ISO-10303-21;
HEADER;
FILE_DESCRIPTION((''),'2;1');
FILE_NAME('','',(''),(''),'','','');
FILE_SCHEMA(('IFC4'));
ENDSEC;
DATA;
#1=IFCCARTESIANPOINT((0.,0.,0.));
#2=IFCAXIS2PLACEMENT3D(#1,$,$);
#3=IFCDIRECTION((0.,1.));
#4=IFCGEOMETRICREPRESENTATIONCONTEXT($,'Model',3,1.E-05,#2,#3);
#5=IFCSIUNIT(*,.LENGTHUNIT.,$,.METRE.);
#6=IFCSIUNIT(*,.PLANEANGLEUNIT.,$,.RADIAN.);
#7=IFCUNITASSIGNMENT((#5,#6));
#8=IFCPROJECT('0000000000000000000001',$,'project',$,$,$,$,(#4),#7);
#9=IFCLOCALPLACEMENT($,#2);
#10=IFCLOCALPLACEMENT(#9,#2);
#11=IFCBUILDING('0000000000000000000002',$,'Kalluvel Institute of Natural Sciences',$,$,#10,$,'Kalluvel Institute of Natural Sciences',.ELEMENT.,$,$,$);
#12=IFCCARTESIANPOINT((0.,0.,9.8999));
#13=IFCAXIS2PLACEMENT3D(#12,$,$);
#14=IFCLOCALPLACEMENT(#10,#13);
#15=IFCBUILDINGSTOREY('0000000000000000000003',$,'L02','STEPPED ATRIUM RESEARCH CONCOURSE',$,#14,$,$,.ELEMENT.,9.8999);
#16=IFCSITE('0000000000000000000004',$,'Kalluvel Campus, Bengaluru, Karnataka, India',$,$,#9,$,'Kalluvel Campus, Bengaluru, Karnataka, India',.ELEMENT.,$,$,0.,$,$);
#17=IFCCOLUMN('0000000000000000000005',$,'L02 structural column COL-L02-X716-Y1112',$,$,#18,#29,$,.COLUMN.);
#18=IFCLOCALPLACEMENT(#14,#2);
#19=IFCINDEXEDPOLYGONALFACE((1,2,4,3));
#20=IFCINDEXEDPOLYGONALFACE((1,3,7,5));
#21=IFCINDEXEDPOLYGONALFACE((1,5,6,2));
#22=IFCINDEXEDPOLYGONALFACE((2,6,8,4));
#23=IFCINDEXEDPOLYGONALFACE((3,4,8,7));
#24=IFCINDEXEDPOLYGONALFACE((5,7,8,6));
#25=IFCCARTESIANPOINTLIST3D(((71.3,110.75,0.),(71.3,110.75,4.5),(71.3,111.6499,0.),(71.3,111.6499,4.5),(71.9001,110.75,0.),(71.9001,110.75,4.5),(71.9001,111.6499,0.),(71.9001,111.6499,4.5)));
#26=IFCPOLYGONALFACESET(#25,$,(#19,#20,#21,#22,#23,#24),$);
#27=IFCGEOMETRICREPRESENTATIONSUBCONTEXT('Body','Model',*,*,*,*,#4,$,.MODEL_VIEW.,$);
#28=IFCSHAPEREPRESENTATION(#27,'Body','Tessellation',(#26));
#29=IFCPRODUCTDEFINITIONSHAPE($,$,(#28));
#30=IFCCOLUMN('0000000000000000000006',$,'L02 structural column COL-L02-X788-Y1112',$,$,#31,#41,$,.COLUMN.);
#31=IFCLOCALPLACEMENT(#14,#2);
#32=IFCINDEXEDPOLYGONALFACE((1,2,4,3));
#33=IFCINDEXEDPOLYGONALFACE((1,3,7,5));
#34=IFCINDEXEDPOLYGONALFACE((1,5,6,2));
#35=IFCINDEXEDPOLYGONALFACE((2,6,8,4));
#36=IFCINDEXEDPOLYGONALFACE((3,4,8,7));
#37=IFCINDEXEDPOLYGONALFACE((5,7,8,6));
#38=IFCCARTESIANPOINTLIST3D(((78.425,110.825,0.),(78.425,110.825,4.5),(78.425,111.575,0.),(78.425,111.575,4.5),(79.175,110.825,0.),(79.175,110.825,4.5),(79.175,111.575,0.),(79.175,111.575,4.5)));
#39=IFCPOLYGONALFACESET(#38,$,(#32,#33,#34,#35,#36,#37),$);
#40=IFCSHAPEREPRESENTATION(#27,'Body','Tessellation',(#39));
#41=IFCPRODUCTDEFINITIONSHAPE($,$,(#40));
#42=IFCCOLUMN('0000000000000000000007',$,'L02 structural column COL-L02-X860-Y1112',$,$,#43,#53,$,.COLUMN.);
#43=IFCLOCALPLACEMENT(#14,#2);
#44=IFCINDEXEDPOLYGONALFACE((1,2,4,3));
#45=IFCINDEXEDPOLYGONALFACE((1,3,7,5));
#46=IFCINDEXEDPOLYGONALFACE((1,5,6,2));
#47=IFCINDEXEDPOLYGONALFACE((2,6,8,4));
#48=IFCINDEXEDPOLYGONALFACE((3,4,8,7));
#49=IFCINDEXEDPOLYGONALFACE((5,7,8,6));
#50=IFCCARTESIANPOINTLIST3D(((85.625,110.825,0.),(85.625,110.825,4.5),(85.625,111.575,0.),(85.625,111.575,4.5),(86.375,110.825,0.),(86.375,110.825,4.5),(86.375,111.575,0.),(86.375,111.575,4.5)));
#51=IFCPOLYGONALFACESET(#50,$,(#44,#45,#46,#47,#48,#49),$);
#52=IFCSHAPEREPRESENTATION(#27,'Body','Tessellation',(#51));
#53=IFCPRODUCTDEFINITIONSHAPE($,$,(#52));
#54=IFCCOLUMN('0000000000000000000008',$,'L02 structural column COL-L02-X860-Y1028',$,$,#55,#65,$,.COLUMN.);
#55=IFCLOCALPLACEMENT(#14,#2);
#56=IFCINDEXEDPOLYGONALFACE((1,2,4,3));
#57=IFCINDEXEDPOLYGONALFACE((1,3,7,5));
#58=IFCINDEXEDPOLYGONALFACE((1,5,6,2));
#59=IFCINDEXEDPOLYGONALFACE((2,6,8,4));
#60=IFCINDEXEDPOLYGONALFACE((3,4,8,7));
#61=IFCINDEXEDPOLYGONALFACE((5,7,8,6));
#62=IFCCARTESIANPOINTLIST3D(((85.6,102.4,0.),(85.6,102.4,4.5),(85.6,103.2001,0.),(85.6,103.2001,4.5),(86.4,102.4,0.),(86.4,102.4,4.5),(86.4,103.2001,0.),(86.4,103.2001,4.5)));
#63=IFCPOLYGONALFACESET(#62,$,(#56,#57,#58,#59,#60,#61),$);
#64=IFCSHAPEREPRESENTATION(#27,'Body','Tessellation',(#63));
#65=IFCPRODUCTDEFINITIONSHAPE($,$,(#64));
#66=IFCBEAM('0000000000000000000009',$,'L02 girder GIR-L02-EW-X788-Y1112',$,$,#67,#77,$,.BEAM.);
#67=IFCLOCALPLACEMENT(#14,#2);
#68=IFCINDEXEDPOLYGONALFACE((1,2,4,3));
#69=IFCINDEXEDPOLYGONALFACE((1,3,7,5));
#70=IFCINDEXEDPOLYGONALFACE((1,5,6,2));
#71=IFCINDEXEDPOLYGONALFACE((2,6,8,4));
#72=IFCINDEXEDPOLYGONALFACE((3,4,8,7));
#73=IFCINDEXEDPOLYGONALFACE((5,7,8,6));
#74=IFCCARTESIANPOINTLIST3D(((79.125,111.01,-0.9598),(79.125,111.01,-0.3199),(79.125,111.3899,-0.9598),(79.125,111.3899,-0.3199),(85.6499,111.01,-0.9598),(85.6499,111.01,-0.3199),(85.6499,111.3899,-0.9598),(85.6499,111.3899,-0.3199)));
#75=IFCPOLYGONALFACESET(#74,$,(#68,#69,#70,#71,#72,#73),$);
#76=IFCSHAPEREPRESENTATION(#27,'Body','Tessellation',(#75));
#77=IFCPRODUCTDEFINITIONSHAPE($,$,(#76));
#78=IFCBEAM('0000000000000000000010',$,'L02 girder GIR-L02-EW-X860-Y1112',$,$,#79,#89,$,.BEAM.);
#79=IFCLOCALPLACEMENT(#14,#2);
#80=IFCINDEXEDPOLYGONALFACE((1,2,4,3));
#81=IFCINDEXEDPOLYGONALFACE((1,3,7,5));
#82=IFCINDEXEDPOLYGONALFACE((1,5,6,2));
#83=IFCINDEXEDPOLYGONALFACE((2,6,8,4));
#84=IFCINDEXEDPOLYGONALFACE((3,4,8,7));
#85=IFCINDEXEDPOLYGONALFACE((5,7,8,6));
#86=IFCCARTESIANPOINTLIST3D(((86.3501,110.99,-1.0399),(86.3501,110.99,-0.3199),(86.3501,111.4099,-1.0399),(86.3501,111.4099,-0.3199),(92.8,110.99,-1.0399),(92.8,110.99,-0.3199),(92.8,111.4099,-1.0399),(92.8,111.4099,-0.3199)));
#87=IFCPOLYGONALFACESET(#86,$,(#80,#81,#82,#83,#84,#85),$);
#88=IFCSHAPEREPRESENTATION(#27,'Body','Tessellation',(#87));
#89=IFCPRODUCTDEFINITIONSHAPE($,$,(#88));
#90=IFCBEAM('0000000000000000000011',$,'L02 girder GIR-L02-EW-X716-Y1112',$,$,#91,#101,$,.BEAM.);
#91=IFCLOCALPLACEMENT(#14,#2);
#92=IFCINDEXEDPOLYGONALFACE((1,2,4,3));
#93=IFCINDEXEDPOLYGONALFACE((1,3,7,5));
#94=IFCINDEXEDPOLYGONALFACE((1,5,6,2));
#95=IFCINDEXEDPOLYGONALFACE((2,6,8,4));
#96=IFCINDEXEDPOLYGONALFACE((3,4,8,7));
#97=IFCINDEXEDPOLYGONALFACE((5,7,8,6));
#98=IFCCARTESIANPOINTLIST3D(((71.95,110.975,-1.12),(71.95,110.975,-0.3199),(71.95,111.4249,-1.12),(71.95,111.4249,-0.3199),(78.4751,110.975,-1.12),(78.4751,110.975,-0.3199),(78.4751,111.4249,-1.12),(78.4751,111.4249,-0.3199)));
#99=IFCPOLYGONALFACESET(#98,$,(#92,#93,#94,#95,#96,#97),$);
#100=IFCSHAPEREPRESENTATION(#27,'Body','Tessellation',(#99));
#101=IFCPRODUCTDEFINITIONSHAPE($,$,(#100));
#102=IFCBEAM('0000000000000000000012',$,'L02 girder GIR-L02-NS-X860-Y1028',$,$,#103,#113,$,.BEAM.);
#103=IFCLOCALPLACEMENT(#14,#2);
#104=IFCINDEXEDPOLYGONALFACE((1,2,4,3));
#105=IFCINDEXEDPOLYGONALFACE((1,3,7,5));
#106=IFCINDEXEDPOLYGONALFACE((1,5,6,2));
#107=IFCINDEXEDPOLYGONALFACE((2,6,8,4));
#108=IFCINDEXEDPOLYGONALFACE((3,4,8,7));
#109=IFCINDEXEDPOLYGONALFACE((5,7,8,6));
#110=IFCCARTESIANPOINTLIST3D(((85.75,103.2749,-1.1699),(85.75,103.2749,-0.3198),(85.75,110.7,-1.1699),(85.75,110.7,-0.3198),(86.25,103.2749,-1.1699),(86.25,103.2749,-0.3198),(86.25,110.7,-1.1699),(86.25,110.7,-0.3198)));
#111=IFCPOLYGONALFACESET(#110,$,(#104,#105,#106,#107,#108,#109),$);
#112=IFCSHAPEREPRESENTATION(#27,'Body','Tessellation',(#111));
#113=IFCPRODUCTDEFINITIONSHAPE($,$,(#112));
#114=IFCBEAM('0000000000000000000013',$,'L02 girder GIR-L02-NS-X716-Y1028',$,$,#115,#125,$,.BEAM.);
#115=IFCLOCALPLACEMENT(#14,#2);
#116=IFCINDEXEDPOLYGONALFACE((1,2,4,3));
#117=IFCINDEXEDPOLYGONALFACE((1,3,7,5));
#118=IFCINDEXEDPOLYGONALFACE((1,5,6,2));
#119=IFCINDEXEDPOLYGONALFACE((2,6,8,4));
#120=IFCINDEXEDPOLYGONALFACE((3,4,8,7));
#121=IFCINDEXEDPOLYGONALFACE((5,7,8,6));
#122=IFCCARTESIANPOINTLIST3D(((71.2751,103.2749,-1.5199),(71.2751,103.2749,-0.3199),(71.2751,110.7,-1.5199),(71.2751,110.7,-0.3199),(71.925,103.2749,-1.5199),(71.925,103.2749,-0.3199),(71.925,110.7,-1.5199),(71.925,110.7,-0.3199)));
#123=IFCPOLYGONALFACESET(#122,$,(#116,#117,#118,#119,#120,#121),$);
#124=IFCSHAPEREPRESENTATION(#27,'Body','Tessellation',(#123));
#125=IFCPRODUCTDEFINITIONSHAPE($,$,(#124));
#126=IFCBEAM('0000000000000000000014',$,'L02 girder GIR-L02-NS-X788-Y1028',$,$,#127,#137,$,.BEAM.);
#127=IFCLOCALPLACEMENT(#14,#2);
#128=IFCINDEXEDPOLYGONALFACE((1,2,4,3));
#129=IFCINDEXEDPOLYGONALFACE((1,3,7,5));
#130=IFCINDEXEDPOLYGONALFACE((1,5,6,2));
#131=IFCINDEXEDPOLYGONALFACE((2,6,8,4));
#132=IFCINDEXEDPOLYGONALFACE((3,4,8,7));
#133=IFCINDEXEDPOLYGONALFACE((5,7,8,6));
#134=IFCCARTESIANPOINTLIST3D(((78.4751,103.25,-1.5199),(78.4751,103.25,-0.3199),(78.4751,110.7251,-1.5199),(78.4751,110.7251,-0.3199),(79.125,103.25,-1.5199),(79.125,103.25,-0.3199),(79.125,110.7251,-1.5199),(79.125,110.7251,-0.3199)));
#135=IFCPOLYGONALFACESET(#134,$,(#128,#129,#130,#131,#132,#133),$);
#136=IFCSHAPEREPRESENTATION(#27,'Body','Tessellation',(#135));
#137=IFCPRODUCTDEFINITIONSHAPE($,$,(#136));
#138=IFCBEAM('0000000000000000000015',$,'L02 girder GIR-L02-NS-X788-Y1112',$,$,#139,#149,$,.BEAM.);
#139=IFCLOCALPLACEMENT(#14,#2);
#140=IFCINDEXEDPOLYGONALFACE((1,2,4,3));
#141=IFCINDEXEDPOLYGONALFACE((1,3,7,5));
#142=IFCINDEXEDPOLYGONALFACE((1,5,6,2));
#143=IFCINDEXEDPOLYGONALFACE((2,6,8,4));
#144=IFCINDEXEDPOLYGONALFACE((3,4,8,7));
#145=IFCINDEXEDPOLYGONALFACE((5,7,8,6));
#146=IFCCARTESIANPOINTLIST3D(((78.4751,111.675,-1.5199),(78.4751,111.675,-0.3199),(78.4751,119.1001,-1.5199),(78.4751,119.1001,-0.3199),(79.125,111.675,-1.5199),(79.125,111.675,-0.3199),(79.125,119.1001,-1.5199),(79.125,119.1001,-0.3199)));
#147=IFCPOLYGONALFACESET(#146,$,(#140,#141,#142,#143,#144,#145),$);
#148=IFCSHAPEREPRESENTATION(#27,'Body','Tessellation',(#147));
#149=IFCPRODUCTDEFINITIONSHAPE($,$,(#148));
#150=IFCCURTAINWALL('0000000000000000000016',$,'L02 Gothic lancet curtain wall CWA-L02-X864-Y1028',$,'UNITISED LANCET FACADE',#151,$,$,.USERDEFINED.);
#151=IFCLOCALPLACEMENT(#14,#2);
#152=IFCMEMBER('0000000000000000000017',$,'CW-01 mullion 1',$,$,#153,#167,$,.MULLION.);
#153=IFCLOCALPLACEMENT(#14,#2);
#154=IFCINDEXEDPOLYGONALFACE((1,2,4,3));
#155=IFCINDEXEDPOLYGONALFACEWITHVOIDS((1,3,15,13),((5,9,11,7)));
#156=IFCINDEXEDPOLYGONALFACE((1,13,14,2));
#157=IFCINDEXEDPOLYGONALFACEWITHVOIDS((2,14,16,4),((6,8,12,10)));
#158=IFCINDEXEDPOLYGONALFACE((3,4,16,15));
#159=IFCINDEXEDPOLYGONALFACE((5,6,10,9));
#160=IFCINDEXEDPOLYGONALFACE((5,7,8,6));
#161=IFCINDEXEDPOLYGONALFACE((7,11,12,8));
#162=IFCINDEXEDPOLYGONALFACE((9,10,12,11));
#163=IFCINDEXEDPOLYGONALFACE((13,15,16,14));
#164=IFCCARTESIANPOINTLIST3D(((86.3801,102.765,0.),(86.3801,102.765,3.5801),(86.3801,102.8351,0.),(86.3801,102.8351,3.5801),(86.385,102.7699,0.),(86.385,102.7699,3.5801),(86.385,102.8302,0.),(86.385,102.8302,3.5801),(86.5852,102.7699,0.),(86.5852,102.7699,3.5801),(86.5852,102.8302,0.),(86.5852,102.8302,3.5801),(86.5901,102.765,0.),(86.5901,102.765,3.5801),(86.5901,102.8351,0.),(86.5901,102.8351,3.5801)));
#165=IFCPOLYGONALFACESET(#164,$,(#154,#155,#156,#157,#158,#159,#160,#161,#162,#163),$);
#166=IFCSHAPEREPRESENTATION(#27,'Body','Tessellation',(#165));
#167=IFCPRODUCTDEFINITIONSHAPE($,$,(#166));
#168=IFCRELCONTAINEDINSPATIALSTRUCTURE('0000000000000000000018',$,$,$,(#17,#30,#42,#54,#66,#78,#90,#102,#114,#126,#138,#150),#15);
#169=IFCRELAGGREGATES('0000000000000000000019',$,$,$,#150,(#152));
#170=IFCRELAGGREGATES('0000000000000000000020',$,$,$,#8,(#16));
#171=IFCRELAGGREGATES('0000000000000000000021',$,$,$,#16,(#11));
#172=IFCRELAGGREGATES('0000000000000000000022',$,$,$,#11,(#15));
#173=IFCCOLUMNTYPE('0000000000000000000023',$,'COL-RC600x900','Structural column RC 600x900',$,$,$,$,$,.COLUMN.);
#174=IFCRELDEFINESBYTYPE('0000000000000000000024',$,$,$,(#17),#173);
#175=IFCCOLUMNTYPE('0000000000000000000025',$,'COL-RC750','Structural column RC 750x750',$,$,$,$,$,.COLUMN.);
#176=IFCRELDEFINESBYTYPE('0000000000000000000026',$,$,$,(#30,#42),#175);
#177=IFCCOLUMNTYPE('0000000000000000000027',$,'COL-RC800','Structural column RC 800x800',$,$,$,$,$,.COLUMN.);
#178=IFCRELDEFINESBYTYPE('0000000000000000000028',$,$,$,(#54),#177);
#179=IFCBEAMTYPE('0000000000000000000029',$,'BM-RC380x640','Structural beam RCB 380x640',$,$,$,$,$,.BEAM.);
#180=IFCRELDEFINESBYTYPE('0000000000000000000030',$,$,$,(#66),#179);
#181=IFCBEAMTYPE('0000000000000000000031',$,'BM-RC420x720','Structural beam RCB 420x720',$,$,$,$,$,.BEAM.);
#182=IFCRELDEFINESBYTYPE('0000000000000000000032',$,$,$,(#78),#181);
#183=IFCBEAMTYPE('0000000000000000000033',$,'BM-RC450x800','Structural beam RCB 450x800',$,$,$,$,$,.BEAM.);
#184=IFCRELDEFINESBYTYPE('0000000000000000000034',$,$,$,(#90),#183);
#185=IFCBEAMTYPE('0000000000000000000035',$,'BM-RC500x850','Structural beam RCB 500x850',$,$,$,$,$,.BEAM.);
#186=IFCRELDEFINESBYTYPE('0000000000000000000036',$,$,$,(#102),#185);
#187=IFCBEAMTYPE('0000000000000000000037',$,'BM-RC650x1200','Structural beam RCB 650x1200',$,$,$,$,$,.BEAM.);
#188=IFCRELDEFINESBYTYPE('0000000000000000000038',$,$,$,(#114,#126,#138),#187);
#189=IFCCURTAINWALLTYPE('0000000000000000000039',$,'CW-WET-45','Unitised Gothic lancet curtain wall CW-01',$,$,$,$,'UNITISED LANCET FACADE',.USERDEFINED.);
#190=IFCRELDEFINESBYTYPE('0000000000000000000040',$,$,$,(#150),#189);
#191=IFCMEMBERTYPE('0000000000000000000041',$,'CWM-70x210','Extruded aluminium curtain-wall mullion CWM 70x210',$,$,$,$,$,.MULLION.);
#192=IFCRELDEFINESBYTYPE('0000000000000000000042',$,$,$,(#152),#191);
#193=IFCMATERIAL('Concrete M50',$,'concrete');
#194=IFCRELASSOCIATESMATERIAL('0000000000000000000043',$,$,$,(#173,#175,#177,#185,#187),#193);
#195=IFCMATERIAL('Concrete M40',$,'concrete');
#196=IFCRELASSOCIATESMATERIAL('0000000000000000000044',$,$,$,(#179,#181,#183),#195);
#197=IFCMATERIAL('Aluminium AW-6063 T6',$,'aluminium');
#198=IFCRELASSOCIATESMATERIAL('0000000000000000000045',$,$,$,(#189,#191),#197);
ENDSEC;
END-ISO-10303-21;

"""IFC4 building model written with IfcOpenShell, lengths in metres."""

from ifc_helpers import new_model, si_unit, direction, frame, origin, origin_2d, place, context, subcontext, project, spatial, rectangle, hollow_rectangle, extrude, material, material_profile, profile_set, type_object, element, aggregate, save


model = new_model("IFC4")

# Units and contexts
model_context = context("Model", 3, precision=1e-05, world=origin(), true_north=direction((0.0, 1.0)))
body_context = subcontext(model_context, "Body", "Model", "MODEL_VIEW")
ifc_project = project(units=[si_unit("LENGTHUNIT", "METRE"), si_unit("PLANEANGLEUNIT", "RADIAN")], contexts=[model_context])

# Site, building, storey
site_placement = place(None, origin())
site = spatial("IfcSite", under=ifc_project, at=site_placement, Name="Kalluvel Campus, Bengaluru, Karnataka, India", LongName="Kalluvel Campus, Bengaluru, Karnataka, India", CompositionType="ELEMENT", RefElevation=0.0)
building_placement = place(site_placement, origin())
building = spatial("IfcBuilding", under=site, at=building_placement, Name="Kalluvel Institute of Natural Sciences", LongName="Kalluvel Institute of Natural Sciences", CompositionType="ELEMENT")
storey_placement = place(building_placement, frame((0.0, 0.0, 9.8999)))
storey = spatial("IfcBuildingStorey", under=building, at=storey_placement, Name="L02", Description="STEPPED ATRIUM RESEARCH CONCOURSE", CompositionType="ELEMENT", Elevation=9.8999)

# Columns
ifc_material_1 = material(Name="Concrete M50", Category="concrete")
ifc_material_profile_1 = material_profile(ifc_material_1, rectangle(XDim=0.6001, YDim=0.8999, at=origin_2d()), Name="RC 600x900")
ifc_profile_set_1 = profile_set([ifc_material_profile_1], Name="Concrete M50")
column_type_1 = type_object("IfcColumnType", Name="COL-RC600x900", Description="Structural column RC 600x900", PredefinedType="COLUMN", material=ifc_profile_set_1)
column_1_placement = place(storey_placement, frame((71.6001, 111.2, 0.0), z_axis=(0.0, 0.0, 1.0), x_axis=(1.0, 0.0, 0.0)))
element("IfcColumn", 1, at=column_1_placement, inside=storey, type_object=column_type_1, Name="L02 structural column COL-L02-X716-Y1112", PredefinedType="COLUMN", context=body_context, shape_type="SweptSolid", body=[
    extrude(rectangle(XDim=0.6001, YDim=0.8999, at=origin_2d()), origin(), (0.0, 0.0, 1.0), 4.5),
])
ifc_material_profile_2 = material_profile(ifc_material_1, rectangle(XDim=0.75, YDim=0.75, at=origin_2d()), Name="RC 750x750")
ifc_profile_set_2 = profile_set([ifc_material_profile_2], Name="Concrete M50")
column_type_2 = type_object("IfcColumnType", Name="COL-RC750", Description="Structural column RC 750x750", PredefinedType="COLUMN", material=ifc_profile_set_2)
for number, where, z_axis, x_axis, name in (
    (2, (78.8, 111.2, 0.0), (0.0, 0.0, 1.0), (1.0, 0.0, 0.0), "L02 structural column COL-L02-X788-Y1112"),
    (3, (86.0, 111.2, 0.0), (0.0, 0.0, 1.0), (1.0, 0.0, 0.0), "L02 structural column COL-L02-X860-Y1112"),
):
    element("IfcColumn", number, at=place(storey_placement, frame(where, z_axis=z_axis, x_axis=x_axis)), inside=storey, type_object=column_type_2, Name=name, PredefinedType="COLUMN", context=body_context, shape_type="SweptSolid", body=[
        extrude(rectangle(XDim=0.75, YDim=0.75, at=origin_2d()), origin(), (0.0, 0.0, 1.0), 4.5),
    ])
ifc_material_profile_3 = material_profile(ifc_material_1, rectangle(XDim=0.8, YDim=0.8, at=origin_2d()), Name="RC 800x800")
ifc_profile_set_3 = profile_set([ifc_material_profile_3], Name="Concrete M50")
column_type_3 = type_object("IfcColumnType", Name="COL-RC800", Description="Structural column RC 800x800", PredefinedType="COLUMN", material=ifc_profile_set_3)
column_2_placement = place(storey_placement, frame((86.0, 102.8, 0.0), z_axis=(0.0, 0.0, 1.0), x_axis=(1.0, 0.0, 0.0)))
element("IfcColumn", 4, at=column_2_placement, inside=storey, type_object=column_type_3, Name="L02 structural column COL-L02-X860-Y1028", PredefinedType="COLUMN", context=body_context, shape_type="SweptSolid", body=[
    extrude(rectangle(XDim=0.8, YDim=0.8, at=origin_2d()), origin(), (0.0, 0.0, 1.0), 4.5),
])

# Beams
ifc_material_2 = material(Name="Concrete M40", Category="concrete")
ifc_material_profile_4 = material_profile(ifc_material_2, rectangle(XDim=0.3799, YDim=0.6399, at=origin_2d()), Name="RCB 380x640")
ifc_profile_set_4 = profile_set([ifc_material_profile_4], Name="Concrete M40")
beam_type_1 = type_object("IfcBeamType", Name="BM-RC380x640", Description="Structural beam RCB 380x640", PredefinedType="BEAM", material=ifc_profile_set_4)
beam_1_placement = place(storey_placement, frame((79.125, 111.2, -0.6399), z_axis=(1.0, 0.0, 0.0), x_axis=(0.0, 1.0, 0.0)))
element("IfcBeam", 5, at=beam_1_placement, inside=storey, type_object=beam_type_1, Name="L02 girder GIR-L02-EW-X788-Y1112", PredefinedType="BEAM", context=body_context, shape_type="SweptSolid", body=[
    extrude(rectangle(XDim=0.3799, YDim=0.6399, at=origin_2d()), origin(), (0.0, 0.0, 1.0), 6.5249),
])
ifc_material_profile_5 = material_profile(ifc_material_2, rectangle(XDim=0.4199, YDim=0.72, at=origin_2d()), Name="RCB 420x720")
ifc_profile_set_5 = profile_set([ifc_material_profile_5], Name="Concrete M40")
beam_type_2 = type_object("IfcBeamType", Name="BM-RC420x720", Description="Structural beam RCB 420x720", PredefinedType="BEAM", material=ifc_profile_set_5)
beam_2_placement = place(storey_placement, frame((86.3501, 111.2, -0.6799), z_axis=(1.0, 0.0, 0.0), x_axis=(0.0, 1.0, 0.0)))
element("IfcBeam", 6, at=beam_2_placement, inside=storey, type_object=beam_type_2, Name="L02 girder GIR-L02-EW-X860-Y1112", PredefinedType="BEAM", context=body_context, shape_type="SweptSolid", body=[
    extrude(rectangle(XDim=0.4199, YDim=0.72, at=origin_2d()), origin(), (0.0, 0.0, 1.0), 6.45),
])
ifc_material_profile_6 = material_profile(ifc_material_2, rectangle(XDim=0.45, YDim=0.8, at=origin_2d()), Name="RCB 450x800")
ifc_profile_set_6 = profile_set([ifc_material_profile_6], Name="Concrete M40")
beam_type_3 = type_object("IfcBeamType", Name="BM-RC450x800", Description="Structural beam RCB 450x800", PredefinedType="BEAM", material=ifc_profile_set_6)
beam_3_placement = place(storey_placement, frame((71.95, 111.2, -0.72), z_axis=(1.0, 0.0, 0.0), x_axis=(0.0, 1.0, 0.0)))
element("IfcBeam", 7, at=beam_3_placement, inside=storey, type_object=beam_type_3, Name="L02 girder GIR-L02-EW-X716-Y1112", PredefinedType="BEAM", context=body_context, shape_type="SweptSolid", body=[
    extrude(rectangle(XDim=0.45, YDim=0.8, at=origin_2d()), origin(), (0.0, 0.0, 1.0), 6.5251),
])
ifc_material_profile_7 = material_profile(ifc_material_1, rectangle(XDim=0.5, YDim=0.8501, at=origin_2d()), Name="RCB 500x850")
ifc_profile_set_7 = profile_set([ifc_material_profile_7], Name="Concrete M50")
beam_type_4 = type_object("IfcBeamType", Name="BM-RC500x850", Description="Structural beam RCB 500x850", PredefinedType="BEAM", material=ifc_profile_set_7)
beam_4_placement = place(storey_placement, frame((86.0, 103.2749, -0.7449), z_axis=(0.0, 1.0, 0.0), x_axis=(-1.0, 0.0, 0.0)))
element("IfcBeam", 8, at=beam_4_placement, inside=storey, type_object=beam_type_4, Name="L02 girder GIR-L02-NS-X860-Y1028", PredefinedType="BEAM", context=body_context, shape_type="SweptSolid", body=[
    extrude(rectangle(XDim=0.5, YDim=0.8501, at=origin_2d()), origin(), (0.0, 0.0, 1.0), 7.425),
])
ifc_material_profile_8 = material_profile(ifc_material_1, rectangle(XDim=0.6499, YDim=1.2, at=origin_2d()), Name="RCB 650x1200")
ifc_profile_set_8 = profile_set([ifc_material_profile_8], Name="Concrete M50")
beam_type_5 = type_object("IfcBeamType", Name="BM-RC650x1200", Description="Structural beam RCB 650x1200", PredefinedType="BEAM", material=ifc_profile_set_8)
beam_5_placement = place(storey_placement, frame((71.6001, 103.2749, -0.9199), z_axis=(0.0, 1.0, 0.0), x_axis=(-1.0, 0.0, 0.0)))
element("IfcBeam", 9, at=beam_5_placement, inside=storey, type_object=beam_type_5, Name="L02 girder GIR-L02-NS-X716-Y1028", PredefinedType="BEAM", context=body_context, shape_type="SweptSolid", body=[
    extrude(rectangle(XDim=0.6499, YDim=1.2, at=origin_2d()), origin(), (0.0, 0.0, 1.0), 7.425),
])
beam_6_placement = place(storey_placement, frame((78.8, 103.25, -0.9199), z_axis=(0.0, 1.0, 0.0), x_axis=(-1.0, 0.0, 0.0)))
element("IfcBeam", 10, at=beam_6_placement, inside=storey, type_object=beam_type_5, Name="L02 girder GIR-L02-NS-X788-Y1028", PredefinedType="BEAM", context=body_context, shape_type="SweptSolid", body=[
    extrude(rectangle(XDim=0.6499, YDim=1.2, at=origin_2d()), origin(), (0.0, 0.0, 1.0), 7.4751),
])
beam_7_placement = place(storey_placement, frame((78.8, 111.675, -0.9199), z_axis=(0.0, 1.0, 0.0), x_axis=(-1.0, 0.0, 0.0)))
element("IfcBeam", 11, at=beam_7_placement, inside=storey, type_object=beam_type_5, Name="L02 girder GIR-L02-NS-X788-Y1112", PredefinedType="BEAM", context=body_context, shape_type="SweptSolid", body=[
    extrude(rectangle(XDim=0.6499, YDim=1.2, at=origin_2d()), origin(), (0.0, 0.0, 1.0), 7.425),
])

# Curtain wall, member
ifc_material_3 = material(Name="Aluminium AW-6063 T6", Category="aluminium")
curtain_wall_type = type_object("IfcCurtainWallType", Name="CW-WET-45", Description="Unitised Gothic lancet curtain wall CW-01", ElementType="UNITISED LANCET FACADE", PredefinedType="USERDEFINED", material=ifc_material_3)
curtain_wall_placement = place(storey_placement, origin())
curtain_wall = element("IfcCurtainWall", 12, at=curtain_wall_placement, inside=storey, type_object=curtain_wall_type, Name="L02 Gothic lancet curtain wall CWA-L02-X864-Y1028", ObjectType="UNITISED LANCET FACADE", PredefinedType="USERDEFINED")
ifc_material_profile_9 = material_profile(ifc_material_3, hollow_rectangle(XDim=0.0701, YDim=0.21, WallThickness=0.0049, at=origin_2d()), Name="CWM 70x210")
ifc_profile_set_9 = profile_set([ifc_material_profile_9], Name="Aluminium AW-6063 T6")
member_type_1 = type_object("IfcMemberType", Name="CWM-70x210", Description="Extruded aluminium curtain-wall mullion CWM 70x210", PredefinedType="MULLION", material=ifc_profile_set_9)
member_1_placement = place(storey_placement, frame((86.4851, 102.8, 0.0), z_axis=(0.0, 0.0, 1.0), x_axis=(0.0, 1.0, 0.0)))
member_1 = element("IfcMember", 13, at=member_1_placement, type_object=member_type_1, Name="CW-01 mullion 1", PredefinedType="MULLION", context=body_context, shape_type="SweptSolid", body=[
    extrude(hollow_rectangle(XDim=0.0701, YDim=0.21, WallThickness=0.0049, at=origin_2d()), origin(), (0.0, 0.0, 1.0), 3.5801),
])
aggregate(curtain_wall, [member_1])

save(model, "model.ifc")
